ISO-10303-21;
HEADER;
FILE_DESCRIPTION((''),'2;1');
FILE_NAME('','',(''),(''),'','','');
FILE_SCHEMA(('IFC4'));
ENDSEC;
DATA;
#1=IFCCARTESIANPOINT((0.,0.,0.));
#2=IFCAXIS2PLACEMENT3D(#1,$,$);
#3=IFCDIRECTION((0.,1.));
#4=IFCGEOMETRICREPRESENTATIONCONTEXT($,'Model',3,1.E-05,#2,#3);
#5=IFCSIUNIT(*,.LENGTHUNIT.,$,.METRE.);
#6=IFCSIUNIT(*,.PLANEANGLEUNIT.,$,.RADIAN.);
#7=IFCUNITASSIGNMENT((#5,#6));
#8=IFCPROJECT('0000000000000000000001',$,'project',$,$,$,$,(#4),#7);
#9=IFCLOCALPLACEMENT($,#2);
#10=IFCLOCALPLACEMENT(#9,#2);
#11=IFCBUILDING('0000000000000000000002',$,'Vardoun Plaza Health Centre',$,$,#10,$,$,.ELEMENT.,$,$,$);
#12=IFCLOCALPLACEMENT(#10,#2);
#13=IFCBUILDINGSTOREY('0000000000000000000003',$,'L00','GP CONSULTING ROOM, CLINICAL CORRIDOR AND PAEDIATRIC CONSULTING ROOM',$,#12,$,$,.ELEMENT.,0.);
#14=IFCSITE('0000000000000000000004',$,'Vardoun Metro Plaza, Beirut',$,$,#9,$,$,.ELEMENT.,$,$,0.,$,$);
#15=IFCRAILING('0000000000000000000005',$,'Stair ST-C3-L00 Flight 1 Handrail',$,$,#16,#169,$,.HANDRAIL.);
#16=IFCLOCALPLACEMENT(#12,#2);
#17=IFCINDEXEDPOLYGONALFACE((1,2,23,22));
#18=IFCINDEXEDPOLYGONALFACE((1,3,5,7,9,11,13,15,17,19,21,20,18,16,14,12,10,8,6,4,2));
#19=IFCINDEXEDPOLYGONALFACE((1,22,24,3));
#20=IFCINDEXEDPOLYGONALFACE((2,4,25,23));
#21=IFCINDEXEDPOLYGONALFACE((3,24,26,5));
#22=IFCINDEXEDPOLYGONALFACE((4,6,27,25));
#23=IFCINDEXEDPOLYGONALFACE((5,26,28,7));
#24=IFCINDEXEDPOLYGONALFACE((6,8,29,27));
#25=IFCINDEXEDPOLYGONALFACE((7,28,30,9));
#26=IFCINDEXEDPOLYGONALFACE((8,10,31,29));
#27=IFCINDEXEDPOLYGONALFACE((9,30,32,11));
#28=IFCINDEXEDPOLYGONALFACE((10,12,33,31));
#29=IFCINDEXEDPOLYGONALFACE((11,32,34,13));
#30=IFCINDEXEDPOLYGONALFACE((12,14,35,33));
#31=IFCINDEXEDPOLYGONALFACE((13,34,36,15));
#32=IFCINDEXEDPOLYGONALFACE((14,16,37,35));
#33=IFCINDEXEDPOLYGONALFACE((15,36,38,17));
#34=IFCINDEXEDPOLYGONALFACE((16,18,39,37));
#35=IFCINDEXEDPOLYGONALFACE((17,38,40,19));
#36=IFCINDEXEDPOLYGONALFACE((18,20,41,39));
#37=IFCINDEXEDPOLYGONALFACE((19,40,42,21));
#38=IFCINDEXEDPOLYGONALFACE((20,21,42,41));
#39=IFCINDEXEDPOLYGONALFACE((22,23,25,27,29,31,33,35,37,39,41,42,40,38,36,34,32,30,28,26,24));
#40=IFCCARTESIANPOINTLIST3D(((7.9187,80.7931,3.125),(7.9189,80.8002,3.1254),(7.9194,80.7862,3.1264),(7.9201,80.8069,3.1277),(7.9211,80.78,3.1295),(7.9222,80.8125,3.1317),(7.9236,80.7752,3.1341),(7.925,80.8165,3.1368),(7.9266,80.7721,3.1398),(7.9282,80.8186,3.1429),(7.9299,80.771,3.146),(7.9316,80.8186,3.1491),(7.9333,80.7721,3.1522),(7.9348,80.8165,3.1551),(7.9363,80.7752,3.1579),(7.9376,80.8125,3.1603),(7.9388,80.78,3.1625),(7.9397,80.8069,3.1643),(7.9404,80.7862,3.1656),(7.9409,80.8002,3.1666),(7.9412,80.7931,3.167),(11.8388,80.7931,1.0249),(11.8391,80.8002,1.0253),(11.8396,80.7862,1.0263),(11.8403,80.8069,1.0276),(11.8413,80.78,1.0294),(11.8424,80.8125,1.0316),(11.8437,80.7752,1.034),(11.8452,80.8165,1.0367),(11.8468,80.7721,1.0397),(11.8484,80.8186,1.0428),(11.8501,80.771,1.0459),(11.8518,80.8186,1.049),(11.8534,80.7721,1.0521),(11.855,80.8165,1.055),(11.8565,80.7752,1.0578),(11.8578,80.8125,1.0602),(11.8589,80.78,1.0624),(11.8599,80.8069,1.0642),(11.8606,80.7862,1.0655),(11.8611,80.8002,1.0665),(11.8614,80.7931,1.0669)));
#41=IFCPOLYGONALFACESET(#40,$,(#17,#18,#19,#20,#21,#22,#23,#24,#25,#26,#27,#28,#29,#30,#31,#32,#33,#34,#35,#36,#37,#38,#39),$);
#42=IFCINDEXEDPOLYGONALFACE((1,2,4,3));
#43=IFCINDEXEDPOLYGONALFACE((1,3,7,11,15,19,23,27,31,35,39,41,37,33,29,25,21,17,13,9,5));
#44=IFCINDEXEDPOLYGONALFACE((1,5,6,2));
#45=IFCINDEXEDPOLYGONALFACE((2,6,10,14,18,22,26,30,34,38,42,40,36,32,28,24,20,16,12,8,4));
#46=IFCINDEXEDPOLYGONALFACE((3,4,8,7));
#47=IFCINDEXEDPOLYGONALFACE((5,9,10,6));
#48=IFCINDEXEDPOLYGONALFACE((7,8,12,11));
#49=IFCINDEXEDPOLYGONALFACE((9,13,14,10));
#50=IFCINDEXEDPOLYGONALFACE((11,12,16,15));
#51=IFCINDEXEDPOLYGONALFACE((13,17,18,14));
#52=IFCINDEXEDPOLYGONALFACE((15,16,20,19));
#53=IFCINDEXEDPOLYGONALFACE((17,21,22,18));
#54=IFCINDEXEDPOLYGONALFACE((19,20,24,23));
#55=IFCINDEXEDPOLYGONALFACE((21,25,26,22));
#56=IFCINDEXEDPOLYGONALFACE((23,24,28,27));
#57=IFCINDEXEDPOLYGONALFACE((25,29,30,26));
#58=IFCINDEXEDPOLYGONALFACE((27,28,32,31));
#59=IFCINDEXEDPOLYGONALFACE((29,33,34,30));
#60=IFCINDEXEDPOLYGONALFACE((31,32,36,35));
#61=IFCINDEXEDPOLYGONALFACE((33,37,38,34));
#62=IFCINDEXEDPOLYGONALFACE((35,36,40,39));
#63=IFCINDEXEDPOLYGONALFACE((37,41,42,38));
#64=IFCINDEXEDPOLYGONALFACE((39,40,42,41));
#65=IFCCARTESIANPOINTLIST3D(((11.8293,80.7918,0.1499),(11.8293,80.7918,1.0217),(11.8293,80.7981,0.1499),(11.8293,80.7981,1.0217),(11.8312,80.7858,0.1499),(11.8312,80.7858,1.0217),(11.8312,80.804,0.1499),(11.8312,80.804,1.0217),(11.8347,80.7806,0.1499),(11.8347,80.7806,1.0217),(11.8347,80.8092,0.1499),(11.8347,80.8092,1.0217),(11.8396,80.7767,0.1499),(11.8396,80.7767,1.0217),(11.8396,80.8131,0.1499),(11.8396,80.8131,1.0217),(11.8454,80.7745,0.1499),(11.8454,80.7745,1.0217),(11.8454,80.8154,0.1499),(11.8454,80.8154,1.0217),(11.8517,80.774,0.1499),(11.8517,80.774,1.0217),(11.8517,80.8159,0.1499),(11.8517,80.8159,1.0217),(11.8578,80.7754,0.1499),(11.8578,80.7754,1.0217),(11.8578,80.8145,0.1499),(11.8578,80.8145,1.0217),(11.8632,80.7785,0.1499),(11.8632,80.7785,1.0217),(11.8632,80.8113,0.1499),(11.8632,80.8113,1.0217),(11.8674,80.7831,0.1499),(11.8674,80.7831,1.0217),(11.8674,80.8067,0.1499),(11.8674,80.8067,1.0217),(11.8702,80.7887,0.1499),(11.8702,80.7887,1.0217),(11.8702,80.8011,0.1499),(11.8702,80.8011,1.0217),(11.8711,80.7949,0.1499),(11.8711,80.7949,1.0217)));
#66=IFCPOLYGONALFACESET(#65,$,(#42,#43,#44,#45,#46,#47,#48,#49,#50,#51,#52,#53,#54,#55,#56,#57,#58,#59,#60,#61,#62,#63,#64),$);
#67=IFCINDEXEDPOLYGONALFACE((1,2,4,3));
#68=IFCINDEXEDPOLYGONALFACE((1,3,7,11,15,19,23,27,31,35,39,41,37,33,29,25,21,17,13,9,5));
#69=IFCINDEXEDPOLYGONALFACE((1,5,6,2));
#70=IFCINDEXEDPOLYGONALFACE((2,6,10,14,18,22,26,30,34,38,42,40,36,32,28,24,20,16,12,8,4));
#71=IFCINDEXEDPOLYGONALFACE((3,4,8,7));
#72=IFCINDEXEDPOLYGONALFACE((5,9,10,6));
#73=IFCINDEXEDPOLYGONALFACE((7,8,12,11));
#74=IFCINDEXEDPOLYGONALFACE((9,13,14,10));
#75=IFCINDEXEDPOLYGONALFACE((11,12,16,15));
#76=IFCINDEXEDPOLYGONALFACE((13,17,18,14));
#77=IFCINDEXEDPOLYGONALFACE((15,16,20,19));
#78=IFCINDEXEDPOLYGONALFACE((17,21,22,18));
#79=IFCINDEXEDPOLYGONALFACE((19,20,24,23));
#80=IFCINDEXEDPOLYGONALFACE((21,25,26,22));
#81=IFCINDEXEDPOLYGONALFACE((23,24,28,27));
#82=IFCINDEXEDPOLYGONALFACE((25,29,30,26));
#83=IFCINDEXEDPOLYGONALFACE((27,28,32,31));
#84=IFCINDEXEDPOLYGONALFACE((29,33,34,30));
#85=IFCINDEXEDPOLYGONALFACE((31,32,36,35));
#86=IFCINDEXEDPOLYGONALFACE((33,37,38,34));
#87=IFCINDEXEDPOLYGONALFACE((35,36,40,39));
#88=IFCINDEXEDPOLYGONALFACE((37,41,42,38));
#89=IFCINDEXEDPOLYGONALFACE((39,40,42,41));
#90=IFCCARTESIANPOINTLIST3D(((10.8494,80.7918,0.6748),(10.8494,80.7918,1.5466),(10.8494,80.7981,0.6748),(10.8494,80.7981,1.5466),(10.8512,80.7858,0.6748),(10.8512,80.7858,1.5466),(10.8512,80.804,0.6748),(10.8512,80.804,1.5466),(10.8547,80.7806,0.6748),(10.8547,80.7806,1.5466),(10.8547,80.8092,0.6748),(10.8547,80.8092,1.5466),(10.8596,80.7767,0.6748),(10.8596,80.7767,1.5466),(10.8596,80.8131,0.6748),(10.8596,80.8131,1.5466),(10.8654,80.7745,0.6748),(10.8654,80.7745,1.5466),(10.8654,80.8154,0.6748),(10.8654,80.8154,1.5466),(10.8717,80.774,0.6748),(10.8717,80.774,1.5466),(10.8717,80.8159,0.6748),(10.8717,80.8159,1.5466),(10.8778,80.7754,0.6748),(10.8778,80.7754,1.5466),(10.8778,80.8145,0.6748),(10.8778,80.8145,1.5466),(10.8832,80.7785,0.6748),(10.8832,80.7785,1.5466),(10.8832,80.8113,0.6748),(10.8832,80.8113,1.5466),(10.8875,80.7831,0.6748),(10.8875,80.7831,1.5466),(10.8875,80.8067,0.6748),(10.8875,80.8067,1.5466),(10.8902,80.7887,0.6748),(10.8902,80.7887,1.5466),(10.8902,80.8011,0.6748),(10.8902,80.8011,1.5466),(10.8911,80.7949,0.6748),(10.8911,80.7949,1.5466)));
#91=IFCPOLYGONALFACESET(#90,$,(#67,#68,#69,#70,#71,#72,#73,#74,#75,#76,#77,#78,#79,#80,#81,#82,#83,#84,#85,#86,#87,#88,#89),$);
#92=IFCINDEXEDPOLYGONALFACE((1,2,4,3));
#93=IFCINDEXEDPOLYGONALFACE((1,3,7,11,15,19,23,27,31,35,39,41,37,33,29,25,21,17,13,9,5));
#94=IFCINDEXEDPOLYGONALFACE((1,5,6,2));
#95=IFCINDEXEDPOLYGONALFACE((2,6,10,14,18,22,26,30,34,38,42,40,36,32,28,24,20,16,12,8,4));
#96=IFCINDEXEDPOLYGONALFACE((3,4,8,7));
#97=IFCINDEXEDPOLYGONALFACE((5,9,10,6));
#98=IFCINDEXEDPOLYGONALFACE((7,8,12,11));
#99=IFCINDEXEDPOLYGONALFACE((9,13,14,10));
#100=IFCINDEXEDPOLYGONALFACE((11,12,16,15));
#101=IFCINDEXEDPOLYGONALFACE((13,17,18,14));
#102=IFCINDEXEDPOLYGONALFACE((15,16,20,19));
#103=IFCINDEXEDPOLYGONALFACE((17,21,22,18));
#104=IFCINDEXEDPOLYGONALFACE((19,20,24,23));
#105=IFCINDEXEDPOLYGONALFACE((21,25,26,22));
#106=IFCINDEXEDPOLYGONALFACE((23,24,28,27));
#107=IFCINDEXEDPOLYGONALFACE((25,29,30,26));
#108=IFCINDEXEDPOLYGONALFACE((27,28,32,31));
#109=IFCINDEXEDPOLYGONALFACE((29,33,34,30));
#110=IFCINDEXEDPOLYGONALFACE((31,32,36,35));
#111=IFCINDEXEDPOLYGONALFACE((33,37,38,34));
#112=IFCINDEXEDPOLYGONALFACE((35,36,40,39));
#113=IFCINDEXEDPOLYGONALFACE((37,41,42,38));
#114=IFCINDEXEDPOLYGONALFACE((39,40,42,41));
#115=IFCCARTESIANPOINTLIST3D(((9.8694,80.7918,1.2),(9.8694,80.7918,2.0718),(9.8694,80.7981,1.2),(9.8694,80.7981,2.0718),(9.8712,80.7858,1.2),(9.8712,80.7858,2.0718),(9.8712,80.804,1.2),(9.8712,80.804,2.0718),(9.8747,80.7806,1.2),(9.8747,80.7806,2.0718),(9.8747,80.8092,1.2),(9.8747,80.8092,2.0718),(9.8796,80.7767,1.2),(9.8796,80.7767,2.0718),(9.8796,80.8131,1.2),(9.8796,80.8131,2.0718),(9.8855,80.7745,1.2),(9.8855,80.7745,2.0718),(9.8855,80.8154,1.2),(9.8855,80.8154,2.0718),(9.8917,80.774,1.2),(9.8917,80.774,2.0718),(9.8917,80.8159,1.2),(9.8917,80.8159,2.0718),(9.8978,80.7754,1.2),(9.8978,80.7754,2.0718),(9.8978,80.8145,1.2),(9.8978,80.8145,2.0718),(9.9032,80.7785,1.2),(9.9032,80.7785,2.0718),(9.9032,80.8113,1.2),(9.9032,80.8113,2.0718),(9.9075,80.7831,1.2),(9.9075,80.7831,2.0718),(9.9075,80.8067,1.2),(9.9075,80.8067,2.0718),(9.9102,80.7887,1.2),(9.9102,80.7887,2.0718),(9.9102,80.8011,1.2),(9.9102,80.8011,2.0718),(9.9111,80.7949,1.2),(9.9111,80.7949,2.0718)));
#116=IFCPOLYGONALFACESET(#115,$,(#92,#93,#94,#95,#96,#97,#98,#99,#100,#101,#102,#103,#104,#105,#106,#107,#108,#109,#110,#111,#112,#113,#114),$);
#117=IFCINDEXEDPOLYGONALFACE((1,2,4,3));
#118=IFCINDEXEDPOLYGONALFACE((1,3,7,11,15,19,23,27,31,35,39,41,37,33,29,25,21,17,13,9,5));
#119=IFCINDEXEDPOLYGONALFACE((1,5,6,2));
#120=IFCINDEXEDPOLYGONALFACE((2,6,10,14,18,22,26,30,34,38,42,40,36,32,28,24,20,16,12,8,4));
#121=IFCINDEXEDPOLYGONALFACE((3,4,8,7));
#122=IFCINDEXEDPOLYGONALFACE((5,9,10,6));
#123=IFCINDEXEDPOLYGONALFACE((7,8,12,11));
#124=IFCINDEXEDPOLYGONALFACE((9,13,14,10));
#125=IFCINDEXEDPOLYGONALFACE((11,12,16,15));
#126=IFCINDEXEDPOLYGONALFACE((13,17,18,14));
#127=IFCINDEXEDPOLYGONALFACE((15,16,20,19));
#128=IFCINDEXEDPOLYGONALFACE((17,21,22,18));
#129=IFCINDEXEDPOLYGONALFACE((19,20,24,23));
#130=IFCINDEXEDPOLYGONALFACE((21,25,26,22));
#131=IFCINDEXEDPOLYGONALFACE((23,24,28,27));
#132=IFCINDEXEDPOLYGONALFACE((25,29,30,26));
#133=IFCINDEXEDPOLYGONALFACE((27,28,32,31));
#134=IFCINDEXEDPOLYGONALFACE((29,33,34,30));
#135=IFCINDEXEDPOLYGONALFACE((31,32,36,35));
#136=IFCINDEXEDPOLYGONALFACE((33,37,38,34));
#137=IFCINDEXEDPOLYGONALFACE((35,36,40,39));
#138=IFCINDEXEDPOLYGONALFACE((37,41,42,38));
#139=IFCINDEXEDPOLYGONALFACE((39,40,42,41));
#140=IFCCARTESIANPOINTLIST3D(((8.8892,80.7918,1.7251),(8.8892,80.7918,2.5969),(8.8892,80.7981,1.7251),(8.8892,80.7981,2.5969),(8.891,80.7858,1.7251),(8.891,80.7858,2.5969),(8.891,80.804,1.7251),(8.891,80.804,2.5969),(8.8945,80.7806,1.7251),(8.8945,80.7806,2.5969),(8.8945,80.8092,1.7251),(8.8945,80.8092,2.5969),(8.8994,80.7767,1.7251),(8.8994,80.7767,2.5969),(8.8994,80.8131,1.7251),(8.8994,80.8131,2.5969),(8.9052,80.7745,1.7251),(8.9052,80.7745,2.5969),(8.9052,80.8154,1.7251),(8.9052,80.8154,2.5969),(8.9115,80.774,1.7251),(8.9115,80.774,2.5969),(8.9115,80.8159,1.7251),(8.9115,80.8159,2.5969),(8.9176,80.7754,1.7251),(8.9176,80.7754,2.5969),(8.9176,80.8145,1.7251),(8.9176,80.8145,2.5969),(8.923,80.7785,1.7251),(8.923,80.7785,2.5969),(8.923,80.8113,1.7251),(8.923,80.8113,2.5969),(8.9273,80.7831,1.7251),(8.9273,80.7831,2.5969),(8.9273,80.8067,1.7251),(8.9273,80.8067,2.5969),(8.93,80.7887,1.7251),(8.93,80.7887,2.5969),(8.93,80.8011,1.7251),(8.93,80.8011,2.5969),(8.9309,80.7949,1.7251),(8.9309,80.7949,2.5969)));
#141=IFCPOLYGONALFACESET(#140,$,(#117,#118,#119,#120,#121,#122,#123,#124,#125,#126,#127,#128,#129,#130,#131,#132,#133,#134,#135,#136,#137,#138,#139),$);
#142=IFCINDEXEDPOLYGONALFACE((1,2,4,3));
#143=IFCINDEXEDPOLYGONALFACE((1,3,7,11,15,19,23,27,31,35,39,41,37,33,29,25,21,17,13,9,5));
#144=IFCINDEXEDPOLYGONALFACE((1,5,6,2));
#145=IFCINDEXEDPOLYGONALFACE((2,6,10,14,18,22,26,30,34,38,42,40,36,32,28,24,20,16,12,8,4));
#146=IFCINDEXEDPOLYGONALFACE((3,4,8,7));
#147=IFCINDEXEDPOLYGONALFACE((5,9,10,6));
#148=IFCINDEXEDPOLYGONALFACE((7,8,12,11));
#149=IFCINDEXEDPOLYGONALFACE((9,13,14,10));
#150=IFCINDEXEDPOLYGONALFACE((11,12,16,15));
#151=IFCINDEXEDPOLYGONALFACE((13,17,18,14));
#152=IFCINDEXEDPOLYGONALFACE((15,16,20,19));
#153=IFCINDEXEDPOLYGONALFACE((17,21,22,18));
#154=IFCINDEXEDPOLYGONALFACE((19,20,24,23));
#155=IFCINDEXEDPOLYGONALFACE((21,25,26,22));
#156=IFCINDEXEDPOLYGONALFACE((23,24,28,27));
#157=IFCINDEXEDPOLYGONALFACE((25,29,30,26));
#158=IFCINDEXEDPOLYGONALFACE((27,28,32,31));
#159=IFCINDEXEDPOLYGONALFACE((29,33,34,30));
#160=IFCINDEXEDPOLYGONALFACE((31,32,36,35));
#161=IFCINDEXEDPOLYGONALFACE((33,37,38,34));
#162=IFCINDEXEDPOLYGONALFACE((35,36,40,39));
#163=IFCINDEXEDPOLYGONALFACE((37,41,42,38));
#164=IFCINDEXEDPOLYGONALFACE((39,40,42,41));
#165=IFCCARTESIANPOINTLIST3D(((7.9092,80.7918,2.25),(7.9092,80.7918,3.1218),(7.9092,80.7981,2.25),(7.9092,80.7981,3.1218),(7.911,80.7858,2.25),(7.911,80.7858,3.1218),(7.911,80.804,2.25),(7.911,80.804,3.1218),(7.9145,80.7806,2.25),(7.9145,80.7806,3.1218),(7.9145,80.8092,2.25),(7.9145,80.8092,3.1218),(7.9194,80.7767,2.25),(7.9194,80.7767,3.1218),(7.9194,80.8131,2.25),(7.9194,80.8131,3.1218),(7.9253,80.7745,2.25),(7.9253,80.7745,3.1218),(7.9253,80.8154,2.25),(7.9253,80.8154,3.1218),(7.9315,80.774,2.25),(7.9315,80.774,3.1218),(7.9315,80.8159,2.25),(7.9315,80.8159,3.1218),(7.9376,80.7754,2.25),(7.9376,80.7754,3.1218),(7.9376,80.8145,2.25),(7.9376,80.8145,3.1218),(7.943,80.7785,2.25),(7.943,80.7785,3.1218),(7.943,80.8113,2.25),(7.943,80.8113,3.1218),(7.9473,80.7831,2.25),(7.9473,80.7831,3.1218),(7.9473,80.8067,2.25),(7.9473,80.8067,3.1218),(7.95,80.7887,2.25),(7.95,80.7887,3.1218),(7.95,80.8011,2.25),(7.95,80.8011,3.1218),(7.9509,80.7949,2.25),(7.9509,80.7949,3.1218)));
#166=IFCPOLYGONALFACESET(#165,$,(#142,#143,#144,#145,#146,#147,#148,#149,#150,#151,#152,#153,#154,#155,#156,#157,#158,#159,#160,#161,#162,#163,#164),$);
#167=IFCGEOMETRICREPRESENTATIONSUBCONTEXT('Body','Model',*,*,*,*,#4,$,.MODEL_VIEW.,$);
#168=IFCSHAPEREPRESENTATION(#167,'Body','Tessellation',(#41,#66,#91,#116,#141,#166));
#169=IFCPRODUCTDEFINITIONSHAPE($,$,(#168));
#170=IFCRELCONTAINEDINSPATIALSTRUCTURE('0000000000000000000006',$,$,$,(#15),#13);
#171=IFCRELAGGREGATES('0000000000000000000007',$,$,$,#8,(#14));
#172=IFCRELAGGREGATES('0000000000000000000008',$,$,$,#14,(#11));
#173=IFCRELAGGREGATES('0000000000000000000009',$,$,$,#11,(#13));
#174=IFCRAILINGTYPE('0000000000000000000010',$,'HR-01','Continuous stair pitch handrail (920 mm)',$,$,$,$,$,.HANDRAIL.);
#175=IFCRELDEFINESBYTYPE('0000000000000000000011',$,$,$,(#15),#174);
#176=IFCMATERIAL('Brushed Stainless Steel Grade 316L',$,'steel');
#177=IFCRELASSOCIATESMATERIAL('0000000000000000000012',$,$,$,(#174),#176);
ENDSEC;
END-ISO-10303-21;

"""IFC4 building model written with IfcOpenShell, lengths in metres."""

from ifc_helpers import new_model, si_unit, direction, frame, origin, origin_2d, place, context, subcontext, project, spatial, circle, extrude, material, type_object, element, save


model = new_model("IFC4")

# Units and contexts
model_context = context("Model", 3, precision=1e-05, world=origin(), true_north=direction((0.0, 1.0)))
body_context = subcontext(model_context, "Body", "Model", "MODEL_VIEW")
ifc_project = project(units=[si_unit("LENGTHUNIT", "METRE"), si_unit("PLANEANGLEUNIT", "RADIAN")], contexts=[model_context])

# Site, building, storey
site_placement = place(None, origin())
site = spatial("IfcSite", under=ifc_project, at=site_placement, Name="Vardoun Metro Plaza, Beirut", CompositionType="ELEMENT", RefElevation=0.0)
building_placement = place(site_placement, origin())
building = spatial("IfcBuilding", under=site, at=building_placement, Name="Vardoun Plaza Health Centre", CompositionType="ELEMENT")
storey_placement = place(building_placement, origin())
storey = spatial("IfcBuildingStorey", under=building, at=storey_placement, Name="L00", Description="GP CONSULTING ROOM, CLINICAL CORRIDOR AND PAEDIATRIC CONSULTING ROOM", CompositionType="ELEMENT", Elevation=0.0)

# Railing
ifc_material_1 = material(Name="Brushed Stainless Steel Grade 316L", Category="steel")
railing_type_1 = type_object("IfcRailingType", Name="HR-01", Description="Continuous stair pitch handrail (920 mm)", PredefinedType="HANDRAIL", material=ifc_material_1)
railing_1_placement = place(storey_placement, frame((11.8501, 80.7949, 0.1499)))
element("IfcRailing", 1, at=railing_1_placement, inside=storey, type_object=railing_type_1, Name="Stair ST-C3-L00 Flight 1 Handrail", PredefinedType="HANDRAIL", context=body_context, shape_type="SweptSolid", body=[
    extrude(circle(Radius=0.0239, at=origin_2d()), frame((0.0, 0.0, 0.896), z_axis=(-0.881479, 0.0, 0.472223), x_axis=(0.0, -1.0, 0.0)), (0.0, 0.0, 1.0), 4.4473),
    extrude(circle(Radius=0.021, at=origin_2d()), origin(), (0.0, 0.0, 1.0), 0.8718),
    extrude(circle(Radius=0.021, at=origin_2d()), frame((-0.98, 0.0, 0.5249)), (0.0, 0.0, 1.0), 0.8718),
    extrude(circle(Radius=0.021, at=origin_2d()), frame((-1.96, 0.0, 1.05)), (0.0, 0.0, 1.0), 0.8718),
    extrude(circle(Radius=0.021, at=origin_2d()), frame((-2.9402, 0.0, 1.5752)), (0.0, 0.0, 1.0), 0.8718),
    extrude(circle(Radius=0.021, at=origin_2d()), frame((-3.9202, 0.0, 2.1001)), (0.0, 0.0, 1.0), 0.8718),
])

save(model, "model.ifc")
